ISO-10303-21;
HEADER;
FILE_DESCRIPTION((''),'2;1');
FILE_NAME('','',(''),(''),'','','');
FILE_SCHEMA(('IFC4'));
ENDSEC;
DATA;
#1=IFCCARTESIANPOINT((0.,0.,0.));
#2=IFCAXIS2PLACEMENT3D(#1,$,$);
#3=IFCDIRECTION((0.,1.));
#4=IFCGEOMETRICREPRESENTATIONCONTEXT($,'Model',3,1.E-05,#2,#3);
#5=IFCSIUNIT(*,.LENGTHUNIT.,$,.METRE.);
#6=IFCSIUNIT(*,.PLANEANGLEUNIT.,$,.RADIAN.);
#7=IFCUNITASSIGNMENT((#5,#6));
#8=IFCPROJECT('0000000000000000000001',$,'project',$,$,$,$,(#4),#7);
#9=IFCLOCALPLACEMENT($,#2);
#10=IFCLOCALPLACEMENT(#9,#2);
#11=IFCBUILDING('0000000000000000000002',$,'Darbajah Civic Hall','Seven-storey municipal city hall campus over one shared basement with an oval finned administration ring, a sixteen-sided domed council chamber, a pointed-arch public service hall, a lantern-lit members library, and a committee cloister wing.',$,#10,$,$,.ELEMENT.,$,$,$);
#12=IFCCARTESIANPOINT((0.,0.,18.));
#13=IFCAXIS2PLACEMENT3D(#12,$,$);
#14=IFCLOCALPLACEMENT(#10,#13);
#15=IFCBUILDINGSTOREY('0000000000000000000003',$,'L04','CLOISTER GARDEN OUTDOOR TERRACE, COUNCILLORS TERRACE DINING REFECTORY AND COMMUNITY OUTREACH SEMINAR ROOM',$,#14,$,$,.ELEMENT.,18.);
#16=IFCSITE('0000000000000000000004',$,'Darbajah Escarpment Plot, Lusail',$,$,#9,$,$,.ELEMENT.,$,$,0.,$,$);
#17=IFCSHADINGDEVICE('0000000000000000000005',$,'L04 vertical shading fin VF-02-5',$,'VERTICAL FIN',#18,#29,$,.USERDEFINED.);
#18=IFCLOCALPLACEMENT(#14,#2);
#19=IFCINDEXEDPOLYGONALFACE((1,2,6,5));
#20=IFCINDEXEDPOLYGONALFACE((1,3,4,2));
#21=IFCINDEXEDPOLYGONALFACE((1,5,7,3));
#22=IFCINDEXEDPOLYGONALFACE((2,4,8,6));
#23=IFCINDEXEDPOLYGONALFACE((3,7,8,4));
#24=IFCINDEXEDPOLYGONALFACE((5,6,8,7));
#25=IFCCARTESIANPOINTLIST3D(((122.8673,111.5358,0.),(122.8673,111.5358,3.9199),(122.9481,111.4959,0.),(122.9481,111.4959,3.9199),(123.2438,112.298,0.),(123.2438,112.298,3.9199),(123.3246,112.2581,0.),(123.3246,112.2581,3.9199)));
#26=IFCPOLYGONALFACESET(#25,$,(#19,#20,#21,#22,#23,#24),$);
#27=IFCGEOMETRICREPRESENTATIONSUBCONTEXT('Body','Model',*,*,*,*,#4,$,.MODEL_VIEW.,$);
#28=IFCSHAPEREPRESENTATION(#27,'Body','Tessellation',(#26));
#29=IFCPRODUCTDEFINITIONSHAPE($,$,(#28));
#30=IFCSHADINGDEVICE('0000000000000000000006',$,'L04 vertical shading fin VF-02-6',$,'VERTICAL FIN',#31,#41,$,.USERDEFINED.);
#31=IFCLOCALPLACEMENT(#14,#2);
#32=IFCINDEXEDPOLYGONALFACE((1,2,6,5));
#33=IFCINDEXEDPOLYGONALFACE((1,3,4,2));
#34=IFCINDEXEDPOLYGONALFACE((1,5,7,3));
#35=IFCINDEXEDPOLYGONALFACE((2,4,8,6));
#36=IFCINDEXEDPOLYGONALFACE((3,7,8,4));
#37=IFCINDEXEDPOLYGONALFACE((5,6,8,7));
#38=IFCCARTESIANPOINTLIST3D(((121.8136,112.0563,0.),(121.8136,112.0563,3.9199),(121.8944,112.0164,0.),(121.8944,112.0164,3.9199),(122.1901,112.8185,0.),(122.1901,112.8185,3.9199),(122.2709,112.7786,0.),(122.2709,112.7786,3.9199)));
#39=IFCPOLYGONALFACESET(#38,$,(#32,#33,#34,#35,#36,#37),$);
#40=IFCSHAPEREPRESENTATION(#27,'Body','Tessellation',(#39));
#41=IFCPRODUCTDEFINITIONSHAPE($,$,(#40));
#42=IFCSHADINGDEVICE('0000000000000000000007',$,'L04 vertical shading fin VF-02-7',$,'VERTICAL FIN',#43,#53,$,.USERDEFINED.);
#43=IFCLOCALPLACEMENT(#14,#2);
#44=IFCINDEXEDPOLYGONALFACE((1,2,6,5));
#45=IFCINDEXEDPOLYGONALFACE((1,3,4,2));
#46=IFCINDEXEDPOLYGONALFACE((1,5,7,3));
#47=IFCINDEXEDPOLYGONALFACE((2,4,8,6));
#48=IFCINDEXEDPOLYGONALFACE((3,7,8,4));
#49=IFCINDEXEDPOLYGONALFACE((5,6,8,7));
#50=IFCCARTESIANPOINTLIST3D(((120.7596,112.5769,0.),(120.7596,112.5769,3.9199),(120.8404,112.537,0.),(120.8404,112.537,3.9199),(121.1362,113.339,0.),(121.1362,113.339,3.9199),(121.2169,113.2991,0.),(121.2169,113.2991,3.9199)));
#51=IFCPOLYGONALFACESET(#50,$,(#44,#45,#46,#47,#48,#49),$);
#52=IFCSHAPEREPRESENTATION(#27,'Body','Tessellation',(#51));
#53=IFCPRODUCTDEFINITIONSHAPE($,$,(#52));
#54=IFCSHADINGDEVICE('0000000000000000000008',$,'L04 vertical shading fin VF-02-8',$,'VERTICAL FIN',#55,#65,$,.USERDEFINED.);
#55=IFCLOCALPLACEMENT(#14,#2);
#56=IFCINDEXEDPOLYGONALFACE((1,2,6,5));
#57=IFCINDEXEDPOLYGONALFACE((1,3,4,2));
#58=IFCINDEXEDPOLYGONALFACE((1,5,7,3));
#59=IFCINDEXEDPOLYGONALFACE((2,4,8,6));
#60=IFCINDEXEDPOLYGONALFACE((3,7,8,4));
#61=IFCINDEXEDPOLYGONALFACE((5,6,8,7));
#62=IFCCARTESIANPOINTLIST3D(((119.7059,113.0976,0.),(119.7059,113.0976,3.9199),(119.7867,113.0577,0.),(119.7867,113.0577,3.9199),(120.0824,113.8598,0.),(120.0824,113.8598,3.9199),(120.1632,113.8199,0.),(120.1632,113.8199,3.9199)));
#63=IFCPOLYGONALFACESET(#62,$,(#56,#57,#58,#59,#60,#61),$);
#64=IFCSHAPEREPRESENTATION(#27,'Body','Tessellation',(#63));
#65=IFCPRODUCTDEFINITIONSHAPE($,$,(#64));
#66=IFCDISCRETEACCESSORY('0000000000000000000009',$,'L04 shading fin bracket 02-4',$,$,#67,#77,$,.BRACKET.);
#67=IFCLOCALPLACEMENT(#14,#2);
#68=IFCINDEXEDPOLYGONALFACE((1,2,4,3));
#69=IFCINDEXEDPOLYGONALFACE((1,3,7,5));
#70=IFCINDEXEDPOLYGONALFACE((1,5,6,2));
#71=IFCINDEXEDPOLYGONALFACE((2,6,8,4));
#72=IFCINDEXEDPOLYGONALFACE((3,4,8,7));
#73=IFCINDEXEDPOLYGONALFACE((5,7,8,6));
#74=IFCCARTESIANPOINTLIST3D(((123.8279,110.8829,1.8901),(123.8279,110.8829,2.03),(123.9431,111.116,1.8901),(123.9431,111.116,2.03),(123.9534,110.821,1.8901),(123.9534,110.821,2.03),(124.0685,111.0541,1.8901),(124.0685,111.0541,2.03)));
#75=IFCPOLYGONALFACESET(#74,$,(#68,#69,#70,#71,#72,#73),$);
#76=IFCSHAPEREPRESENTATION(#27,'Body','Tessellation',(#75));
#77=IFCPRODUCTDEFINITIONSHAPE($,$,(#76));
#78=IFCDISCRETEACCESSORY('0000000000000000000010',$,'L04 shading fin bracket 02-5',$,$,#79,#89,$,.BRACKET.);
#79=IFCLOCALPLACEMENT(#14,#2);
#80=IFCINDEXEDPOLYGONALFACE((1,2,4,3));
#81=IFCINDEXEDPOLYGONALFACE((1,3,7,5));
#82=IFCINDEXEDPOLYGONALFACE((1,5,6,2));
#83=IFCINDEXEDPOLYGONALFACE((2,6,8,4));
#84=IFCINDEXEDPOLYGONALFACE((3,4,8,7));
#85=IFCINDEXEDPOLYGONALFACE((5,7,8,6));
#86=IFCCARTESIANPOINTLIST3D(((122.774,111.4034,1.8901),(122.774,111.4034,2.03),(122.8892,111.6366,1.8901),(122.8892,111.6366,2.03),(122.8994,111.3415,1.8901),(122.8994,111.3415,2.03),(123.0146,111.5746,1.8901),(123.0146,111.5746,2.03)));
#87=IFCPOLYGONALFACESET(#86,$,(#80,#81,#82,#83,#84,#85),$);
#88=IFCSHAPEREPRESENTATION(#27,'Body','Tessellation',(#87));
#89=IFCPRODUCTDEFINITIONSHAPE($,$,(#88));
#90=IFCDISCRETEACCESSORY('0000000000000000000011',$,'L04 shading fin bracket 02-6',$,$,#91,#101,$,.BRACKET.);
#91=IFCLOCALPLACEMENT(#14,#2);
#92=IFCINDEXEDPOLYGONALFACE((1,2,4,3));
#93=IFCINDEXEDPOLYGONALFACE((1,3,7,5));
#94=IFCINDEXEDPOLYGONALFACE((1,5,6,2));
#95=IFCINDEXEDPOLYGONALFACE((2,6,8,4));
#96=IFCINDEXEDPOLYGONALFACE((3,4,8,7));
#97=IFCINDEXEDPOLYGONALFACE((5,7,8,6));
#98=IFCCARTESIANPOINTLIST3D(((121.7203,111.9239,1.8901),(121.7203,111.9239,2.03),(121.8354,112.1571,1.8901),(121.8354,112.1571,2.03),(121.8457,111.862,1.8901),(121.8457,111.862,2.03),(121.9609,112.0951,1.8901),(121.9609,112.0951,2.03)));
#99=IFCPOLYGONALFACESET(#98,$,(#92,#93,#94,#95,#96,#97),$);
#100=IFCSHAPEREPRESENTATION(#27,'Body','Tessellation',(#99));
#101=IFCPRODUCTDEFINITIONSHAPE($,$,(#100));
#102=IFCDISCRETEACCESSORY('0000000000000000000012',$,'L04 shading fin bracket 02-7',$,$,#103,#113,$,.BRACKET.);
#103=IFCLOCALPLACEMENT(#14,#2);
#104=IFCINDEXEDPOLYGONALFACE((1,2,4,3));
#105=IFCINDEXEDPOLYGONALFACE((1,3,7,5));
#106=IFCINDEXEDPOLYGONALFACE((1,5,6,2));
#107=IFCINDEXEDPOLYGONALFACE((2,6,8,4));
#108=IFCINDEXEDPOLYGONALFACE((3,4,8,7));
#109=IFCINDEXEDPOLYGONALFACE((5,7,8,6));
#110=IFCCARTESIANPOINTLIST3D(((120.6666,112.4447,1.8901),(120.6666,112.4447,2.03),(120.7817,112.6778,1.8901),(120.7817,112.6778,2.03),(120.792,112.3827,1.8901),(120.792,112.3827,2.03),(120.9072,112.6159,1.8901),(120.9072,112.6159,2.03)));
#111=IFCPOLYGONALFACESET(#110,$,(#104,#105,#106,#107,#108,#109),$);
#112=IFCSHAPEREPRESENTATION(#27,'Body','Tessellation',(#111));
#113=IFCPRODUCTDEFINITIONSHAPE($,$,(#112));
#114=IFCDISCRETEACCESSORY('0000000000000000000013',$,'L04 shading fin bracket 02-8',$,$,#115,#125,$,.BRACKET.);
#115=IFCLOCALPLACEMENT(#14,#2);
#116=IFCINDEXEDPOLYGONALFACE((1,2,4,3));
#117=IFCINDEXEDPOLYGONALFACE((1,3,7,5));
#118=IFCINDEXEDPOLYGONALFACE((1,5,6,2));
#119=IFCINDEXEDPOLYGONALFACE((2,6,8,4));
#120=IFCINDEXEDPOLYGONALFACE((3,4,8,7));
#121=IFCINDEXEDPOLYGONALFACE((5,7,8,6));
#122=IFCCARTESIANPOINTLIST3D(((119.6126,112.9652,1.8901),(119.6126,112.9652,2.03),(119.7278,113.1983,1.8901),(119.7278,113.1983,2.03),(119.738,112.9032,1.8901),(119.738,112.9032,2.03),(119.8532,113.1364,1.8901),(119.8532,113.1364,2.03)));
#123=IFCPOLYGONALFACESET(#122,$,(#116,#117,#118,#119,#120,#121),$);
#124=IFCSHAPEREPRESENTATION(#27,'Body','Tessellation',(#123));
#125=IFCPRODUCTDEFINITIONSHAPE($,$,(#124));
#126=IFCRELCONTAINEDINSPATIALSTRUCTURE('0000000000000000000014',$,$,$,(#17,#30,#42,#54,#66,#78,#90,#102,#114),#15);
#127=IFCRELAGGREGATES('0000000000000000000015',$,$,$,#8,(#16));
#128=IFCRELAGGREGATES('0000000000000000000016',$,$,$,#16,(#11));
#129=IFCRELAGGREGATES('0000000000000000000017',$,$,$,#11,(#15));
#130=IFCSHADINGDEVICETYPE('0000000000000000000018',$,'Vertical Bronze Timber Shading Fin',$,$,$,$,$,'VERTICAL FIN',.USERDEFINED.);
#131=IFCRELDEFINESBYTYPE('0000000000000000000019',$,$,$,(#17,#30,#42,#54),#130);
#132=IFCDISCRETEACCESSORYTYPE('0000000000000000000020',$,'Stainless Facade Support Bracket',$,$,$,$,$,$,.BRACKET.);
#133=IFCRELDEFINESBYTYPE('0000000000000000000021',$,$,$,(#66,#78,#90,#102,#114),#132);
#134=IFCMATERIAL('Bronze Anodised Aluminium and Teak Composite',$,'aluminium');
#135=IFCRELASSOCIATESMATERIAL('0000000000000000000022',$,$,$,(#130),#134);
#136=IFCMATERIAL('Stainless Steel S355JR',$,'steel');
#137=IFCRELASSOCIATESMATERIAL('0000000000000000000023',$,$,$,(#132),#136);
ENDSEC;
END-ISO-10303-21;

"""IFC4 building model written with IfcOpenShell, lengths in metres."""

from ifc_helpers import new_model, si_unit, direction, frame, origin, origin_2d, place, context, subcontext, project, spatial, rectangle, extrude, material, type_object, element, save


model = new_model("IFC4")

# Units and contexts
model_context = context("Model", 3, precision=1e-05, world=origin(), true_north=direction((0.0, 1.0)))
body_context = subcontext(model_context, "Body", "Model", "MODEL_VIEW")
ifc_project = project(units=[si_unit("LENGTHUNIT", "METRE"), si_unit("PLANEANGLEUNIT", "RADIAN")], contexts=[model_context])

# Site, building, storey
site_placement = place(None, origin())
site = spatial("IfcSite", under=ifc_project, at=site_placement, Name="Darbajah Escarpment Plot, Lusail", CompositionType="ELEMENT", RefElevation=0.0)
building_placement = place(site_placement, origin())
building = spatial("IfcBuilding", under=site, at=building_placement, Name="Darbajah Civic Hall", Description="Seven-storey municipal city hall campus over one shared basement with an oval finned administration ring, a sixteen-sided domed council chamber, a pointed-arch public service hall, a lantern-lit members library, and a committee cloister wing.", CompositionType="ELEMENT")
storey_placement = place(building_placement, frame((0.0, 0.0, 18.0)))
storey = spatial("IfcBuildingStorey", under=building, at=storey_placement, Name="L04", Description="CLOISTER GARDEN OUTDOOR TERRACE, COUNCILLORS TERRACE DINING REFECTORY AND COMMUNITY OUTREACH SEMINAR ROOM", CompositionType="ELEMENT", Elevation=18.0)

# Shading devices
ifc_material_1 = material(Name="Bronze Anodised Aluminium and Teak Composite", Category="aluminium")
shading_device_type = type_object("IfcShadingDeviceType", Name="Vertical Bronze Timber Shading Fin", ElementType="VERTICAL FIN", PredefinedType="USERDEFINED", material=ifc_material_1)
for number, where, z_axis, x_axis, name in (
    (1, (123.0959, 111.897, 0.0), (0.0, 0.0, 1.0), (0.442915, 0.896564, 0.0), "L04 vertical shading fin VF-02-5"),
    (2, (122.0422, 112.4175, 0.0), (0.0, 0.0, 1.0), (0.442915, 0.896564, 0.0), "L04 vertical shading fin VF-02-6"),
    (3, (120.9883, 112.938, 0.0), (0.0, 0.0, 1.0), (0.442915, 0.896564, 0.0), "L04 vertical shading fin VF-02-7"),
    (4, (119.9346, 113.4587, 0.0), (0.0, 0.0, 1.0), (0.442915, 0.896564, 0.0), "L04 vertical shading fin VF-02-8"),
):
    element("IfcShadingDevice", number, at=place(storey_placement, frame(where, z_axis=z_axis, x_axis=x_axis)), inside=storey, type_object=shading_device_type, Name=name, ObjectType="VERTICAL FIN", PredefinedType="USERDEFINED", context=body_context, shape_type="SweptSolid", body=[
        extrude(rectangle(XDim=0.8501, YDim=0.0901, at=origin_2d()), origin(), (0.0, 0.0, 1.0), 3.9199),
    ])

# Discrete accessories
ifc_material_2 = material(Name="Stainless Steel S355JR", Category="steel")
discrete_accessory_type = type_object("IfcDiscreteAccessoryType", Name="Stainless Facade Support Bracket", PredefinedType="BRACKET", material=ifc_material_2)
for number, where, z_axis, x_axis, name in (
    (5, (123.9482, 110.9685, 1.8901), (0.0, 0.0, 1.0), (0.442915, 0.896564, 0.0), "L04 shading fin bracket 02-4"),
    (6, (122.8943, 111.489, 1.8901), (0.0, 0.0, 1.0), (0.442915, 0.896564, 0.0), "L04 shading fin bracket 02-5"),
    (7, (121.8406, 112.0095, 1.8901), (0.0, 0.0, 1.0), (0.442915, 0.896564, 0.0), "L04 shading fin bracket 02-6"),
    (8, (120.7869, 112.5303, 1.8901), (0.0, 0.0, 1.0), (0.442915, 0.896564, 0.0), "L04 shading fin bracket 02-7"),
    (9, (119.7329, 113.0508, 1.8901), (0.0, 0.0, 1.0), (0.442915, 0.896564, 0.0), "L04 shading fin bracket 02-8"),
):
    element("IfcDiscreteAccessory", number, at=place(storey_placement, frame(where, z_axis=z_axis, x_axis=x_axis)), inside=storey, type_object=discrete_accessory_type, Name=name, PredefinedType="BRACKET", context=body_context, shape_type="SweptSolid", body=[
        extrude(rectangle(XDim=0.26, YDim=0.1399, at=origin_2d()), origin(), (0.0, 0.0, 1.0), 0.1399),
    ])

save(model, "model.ifc")
